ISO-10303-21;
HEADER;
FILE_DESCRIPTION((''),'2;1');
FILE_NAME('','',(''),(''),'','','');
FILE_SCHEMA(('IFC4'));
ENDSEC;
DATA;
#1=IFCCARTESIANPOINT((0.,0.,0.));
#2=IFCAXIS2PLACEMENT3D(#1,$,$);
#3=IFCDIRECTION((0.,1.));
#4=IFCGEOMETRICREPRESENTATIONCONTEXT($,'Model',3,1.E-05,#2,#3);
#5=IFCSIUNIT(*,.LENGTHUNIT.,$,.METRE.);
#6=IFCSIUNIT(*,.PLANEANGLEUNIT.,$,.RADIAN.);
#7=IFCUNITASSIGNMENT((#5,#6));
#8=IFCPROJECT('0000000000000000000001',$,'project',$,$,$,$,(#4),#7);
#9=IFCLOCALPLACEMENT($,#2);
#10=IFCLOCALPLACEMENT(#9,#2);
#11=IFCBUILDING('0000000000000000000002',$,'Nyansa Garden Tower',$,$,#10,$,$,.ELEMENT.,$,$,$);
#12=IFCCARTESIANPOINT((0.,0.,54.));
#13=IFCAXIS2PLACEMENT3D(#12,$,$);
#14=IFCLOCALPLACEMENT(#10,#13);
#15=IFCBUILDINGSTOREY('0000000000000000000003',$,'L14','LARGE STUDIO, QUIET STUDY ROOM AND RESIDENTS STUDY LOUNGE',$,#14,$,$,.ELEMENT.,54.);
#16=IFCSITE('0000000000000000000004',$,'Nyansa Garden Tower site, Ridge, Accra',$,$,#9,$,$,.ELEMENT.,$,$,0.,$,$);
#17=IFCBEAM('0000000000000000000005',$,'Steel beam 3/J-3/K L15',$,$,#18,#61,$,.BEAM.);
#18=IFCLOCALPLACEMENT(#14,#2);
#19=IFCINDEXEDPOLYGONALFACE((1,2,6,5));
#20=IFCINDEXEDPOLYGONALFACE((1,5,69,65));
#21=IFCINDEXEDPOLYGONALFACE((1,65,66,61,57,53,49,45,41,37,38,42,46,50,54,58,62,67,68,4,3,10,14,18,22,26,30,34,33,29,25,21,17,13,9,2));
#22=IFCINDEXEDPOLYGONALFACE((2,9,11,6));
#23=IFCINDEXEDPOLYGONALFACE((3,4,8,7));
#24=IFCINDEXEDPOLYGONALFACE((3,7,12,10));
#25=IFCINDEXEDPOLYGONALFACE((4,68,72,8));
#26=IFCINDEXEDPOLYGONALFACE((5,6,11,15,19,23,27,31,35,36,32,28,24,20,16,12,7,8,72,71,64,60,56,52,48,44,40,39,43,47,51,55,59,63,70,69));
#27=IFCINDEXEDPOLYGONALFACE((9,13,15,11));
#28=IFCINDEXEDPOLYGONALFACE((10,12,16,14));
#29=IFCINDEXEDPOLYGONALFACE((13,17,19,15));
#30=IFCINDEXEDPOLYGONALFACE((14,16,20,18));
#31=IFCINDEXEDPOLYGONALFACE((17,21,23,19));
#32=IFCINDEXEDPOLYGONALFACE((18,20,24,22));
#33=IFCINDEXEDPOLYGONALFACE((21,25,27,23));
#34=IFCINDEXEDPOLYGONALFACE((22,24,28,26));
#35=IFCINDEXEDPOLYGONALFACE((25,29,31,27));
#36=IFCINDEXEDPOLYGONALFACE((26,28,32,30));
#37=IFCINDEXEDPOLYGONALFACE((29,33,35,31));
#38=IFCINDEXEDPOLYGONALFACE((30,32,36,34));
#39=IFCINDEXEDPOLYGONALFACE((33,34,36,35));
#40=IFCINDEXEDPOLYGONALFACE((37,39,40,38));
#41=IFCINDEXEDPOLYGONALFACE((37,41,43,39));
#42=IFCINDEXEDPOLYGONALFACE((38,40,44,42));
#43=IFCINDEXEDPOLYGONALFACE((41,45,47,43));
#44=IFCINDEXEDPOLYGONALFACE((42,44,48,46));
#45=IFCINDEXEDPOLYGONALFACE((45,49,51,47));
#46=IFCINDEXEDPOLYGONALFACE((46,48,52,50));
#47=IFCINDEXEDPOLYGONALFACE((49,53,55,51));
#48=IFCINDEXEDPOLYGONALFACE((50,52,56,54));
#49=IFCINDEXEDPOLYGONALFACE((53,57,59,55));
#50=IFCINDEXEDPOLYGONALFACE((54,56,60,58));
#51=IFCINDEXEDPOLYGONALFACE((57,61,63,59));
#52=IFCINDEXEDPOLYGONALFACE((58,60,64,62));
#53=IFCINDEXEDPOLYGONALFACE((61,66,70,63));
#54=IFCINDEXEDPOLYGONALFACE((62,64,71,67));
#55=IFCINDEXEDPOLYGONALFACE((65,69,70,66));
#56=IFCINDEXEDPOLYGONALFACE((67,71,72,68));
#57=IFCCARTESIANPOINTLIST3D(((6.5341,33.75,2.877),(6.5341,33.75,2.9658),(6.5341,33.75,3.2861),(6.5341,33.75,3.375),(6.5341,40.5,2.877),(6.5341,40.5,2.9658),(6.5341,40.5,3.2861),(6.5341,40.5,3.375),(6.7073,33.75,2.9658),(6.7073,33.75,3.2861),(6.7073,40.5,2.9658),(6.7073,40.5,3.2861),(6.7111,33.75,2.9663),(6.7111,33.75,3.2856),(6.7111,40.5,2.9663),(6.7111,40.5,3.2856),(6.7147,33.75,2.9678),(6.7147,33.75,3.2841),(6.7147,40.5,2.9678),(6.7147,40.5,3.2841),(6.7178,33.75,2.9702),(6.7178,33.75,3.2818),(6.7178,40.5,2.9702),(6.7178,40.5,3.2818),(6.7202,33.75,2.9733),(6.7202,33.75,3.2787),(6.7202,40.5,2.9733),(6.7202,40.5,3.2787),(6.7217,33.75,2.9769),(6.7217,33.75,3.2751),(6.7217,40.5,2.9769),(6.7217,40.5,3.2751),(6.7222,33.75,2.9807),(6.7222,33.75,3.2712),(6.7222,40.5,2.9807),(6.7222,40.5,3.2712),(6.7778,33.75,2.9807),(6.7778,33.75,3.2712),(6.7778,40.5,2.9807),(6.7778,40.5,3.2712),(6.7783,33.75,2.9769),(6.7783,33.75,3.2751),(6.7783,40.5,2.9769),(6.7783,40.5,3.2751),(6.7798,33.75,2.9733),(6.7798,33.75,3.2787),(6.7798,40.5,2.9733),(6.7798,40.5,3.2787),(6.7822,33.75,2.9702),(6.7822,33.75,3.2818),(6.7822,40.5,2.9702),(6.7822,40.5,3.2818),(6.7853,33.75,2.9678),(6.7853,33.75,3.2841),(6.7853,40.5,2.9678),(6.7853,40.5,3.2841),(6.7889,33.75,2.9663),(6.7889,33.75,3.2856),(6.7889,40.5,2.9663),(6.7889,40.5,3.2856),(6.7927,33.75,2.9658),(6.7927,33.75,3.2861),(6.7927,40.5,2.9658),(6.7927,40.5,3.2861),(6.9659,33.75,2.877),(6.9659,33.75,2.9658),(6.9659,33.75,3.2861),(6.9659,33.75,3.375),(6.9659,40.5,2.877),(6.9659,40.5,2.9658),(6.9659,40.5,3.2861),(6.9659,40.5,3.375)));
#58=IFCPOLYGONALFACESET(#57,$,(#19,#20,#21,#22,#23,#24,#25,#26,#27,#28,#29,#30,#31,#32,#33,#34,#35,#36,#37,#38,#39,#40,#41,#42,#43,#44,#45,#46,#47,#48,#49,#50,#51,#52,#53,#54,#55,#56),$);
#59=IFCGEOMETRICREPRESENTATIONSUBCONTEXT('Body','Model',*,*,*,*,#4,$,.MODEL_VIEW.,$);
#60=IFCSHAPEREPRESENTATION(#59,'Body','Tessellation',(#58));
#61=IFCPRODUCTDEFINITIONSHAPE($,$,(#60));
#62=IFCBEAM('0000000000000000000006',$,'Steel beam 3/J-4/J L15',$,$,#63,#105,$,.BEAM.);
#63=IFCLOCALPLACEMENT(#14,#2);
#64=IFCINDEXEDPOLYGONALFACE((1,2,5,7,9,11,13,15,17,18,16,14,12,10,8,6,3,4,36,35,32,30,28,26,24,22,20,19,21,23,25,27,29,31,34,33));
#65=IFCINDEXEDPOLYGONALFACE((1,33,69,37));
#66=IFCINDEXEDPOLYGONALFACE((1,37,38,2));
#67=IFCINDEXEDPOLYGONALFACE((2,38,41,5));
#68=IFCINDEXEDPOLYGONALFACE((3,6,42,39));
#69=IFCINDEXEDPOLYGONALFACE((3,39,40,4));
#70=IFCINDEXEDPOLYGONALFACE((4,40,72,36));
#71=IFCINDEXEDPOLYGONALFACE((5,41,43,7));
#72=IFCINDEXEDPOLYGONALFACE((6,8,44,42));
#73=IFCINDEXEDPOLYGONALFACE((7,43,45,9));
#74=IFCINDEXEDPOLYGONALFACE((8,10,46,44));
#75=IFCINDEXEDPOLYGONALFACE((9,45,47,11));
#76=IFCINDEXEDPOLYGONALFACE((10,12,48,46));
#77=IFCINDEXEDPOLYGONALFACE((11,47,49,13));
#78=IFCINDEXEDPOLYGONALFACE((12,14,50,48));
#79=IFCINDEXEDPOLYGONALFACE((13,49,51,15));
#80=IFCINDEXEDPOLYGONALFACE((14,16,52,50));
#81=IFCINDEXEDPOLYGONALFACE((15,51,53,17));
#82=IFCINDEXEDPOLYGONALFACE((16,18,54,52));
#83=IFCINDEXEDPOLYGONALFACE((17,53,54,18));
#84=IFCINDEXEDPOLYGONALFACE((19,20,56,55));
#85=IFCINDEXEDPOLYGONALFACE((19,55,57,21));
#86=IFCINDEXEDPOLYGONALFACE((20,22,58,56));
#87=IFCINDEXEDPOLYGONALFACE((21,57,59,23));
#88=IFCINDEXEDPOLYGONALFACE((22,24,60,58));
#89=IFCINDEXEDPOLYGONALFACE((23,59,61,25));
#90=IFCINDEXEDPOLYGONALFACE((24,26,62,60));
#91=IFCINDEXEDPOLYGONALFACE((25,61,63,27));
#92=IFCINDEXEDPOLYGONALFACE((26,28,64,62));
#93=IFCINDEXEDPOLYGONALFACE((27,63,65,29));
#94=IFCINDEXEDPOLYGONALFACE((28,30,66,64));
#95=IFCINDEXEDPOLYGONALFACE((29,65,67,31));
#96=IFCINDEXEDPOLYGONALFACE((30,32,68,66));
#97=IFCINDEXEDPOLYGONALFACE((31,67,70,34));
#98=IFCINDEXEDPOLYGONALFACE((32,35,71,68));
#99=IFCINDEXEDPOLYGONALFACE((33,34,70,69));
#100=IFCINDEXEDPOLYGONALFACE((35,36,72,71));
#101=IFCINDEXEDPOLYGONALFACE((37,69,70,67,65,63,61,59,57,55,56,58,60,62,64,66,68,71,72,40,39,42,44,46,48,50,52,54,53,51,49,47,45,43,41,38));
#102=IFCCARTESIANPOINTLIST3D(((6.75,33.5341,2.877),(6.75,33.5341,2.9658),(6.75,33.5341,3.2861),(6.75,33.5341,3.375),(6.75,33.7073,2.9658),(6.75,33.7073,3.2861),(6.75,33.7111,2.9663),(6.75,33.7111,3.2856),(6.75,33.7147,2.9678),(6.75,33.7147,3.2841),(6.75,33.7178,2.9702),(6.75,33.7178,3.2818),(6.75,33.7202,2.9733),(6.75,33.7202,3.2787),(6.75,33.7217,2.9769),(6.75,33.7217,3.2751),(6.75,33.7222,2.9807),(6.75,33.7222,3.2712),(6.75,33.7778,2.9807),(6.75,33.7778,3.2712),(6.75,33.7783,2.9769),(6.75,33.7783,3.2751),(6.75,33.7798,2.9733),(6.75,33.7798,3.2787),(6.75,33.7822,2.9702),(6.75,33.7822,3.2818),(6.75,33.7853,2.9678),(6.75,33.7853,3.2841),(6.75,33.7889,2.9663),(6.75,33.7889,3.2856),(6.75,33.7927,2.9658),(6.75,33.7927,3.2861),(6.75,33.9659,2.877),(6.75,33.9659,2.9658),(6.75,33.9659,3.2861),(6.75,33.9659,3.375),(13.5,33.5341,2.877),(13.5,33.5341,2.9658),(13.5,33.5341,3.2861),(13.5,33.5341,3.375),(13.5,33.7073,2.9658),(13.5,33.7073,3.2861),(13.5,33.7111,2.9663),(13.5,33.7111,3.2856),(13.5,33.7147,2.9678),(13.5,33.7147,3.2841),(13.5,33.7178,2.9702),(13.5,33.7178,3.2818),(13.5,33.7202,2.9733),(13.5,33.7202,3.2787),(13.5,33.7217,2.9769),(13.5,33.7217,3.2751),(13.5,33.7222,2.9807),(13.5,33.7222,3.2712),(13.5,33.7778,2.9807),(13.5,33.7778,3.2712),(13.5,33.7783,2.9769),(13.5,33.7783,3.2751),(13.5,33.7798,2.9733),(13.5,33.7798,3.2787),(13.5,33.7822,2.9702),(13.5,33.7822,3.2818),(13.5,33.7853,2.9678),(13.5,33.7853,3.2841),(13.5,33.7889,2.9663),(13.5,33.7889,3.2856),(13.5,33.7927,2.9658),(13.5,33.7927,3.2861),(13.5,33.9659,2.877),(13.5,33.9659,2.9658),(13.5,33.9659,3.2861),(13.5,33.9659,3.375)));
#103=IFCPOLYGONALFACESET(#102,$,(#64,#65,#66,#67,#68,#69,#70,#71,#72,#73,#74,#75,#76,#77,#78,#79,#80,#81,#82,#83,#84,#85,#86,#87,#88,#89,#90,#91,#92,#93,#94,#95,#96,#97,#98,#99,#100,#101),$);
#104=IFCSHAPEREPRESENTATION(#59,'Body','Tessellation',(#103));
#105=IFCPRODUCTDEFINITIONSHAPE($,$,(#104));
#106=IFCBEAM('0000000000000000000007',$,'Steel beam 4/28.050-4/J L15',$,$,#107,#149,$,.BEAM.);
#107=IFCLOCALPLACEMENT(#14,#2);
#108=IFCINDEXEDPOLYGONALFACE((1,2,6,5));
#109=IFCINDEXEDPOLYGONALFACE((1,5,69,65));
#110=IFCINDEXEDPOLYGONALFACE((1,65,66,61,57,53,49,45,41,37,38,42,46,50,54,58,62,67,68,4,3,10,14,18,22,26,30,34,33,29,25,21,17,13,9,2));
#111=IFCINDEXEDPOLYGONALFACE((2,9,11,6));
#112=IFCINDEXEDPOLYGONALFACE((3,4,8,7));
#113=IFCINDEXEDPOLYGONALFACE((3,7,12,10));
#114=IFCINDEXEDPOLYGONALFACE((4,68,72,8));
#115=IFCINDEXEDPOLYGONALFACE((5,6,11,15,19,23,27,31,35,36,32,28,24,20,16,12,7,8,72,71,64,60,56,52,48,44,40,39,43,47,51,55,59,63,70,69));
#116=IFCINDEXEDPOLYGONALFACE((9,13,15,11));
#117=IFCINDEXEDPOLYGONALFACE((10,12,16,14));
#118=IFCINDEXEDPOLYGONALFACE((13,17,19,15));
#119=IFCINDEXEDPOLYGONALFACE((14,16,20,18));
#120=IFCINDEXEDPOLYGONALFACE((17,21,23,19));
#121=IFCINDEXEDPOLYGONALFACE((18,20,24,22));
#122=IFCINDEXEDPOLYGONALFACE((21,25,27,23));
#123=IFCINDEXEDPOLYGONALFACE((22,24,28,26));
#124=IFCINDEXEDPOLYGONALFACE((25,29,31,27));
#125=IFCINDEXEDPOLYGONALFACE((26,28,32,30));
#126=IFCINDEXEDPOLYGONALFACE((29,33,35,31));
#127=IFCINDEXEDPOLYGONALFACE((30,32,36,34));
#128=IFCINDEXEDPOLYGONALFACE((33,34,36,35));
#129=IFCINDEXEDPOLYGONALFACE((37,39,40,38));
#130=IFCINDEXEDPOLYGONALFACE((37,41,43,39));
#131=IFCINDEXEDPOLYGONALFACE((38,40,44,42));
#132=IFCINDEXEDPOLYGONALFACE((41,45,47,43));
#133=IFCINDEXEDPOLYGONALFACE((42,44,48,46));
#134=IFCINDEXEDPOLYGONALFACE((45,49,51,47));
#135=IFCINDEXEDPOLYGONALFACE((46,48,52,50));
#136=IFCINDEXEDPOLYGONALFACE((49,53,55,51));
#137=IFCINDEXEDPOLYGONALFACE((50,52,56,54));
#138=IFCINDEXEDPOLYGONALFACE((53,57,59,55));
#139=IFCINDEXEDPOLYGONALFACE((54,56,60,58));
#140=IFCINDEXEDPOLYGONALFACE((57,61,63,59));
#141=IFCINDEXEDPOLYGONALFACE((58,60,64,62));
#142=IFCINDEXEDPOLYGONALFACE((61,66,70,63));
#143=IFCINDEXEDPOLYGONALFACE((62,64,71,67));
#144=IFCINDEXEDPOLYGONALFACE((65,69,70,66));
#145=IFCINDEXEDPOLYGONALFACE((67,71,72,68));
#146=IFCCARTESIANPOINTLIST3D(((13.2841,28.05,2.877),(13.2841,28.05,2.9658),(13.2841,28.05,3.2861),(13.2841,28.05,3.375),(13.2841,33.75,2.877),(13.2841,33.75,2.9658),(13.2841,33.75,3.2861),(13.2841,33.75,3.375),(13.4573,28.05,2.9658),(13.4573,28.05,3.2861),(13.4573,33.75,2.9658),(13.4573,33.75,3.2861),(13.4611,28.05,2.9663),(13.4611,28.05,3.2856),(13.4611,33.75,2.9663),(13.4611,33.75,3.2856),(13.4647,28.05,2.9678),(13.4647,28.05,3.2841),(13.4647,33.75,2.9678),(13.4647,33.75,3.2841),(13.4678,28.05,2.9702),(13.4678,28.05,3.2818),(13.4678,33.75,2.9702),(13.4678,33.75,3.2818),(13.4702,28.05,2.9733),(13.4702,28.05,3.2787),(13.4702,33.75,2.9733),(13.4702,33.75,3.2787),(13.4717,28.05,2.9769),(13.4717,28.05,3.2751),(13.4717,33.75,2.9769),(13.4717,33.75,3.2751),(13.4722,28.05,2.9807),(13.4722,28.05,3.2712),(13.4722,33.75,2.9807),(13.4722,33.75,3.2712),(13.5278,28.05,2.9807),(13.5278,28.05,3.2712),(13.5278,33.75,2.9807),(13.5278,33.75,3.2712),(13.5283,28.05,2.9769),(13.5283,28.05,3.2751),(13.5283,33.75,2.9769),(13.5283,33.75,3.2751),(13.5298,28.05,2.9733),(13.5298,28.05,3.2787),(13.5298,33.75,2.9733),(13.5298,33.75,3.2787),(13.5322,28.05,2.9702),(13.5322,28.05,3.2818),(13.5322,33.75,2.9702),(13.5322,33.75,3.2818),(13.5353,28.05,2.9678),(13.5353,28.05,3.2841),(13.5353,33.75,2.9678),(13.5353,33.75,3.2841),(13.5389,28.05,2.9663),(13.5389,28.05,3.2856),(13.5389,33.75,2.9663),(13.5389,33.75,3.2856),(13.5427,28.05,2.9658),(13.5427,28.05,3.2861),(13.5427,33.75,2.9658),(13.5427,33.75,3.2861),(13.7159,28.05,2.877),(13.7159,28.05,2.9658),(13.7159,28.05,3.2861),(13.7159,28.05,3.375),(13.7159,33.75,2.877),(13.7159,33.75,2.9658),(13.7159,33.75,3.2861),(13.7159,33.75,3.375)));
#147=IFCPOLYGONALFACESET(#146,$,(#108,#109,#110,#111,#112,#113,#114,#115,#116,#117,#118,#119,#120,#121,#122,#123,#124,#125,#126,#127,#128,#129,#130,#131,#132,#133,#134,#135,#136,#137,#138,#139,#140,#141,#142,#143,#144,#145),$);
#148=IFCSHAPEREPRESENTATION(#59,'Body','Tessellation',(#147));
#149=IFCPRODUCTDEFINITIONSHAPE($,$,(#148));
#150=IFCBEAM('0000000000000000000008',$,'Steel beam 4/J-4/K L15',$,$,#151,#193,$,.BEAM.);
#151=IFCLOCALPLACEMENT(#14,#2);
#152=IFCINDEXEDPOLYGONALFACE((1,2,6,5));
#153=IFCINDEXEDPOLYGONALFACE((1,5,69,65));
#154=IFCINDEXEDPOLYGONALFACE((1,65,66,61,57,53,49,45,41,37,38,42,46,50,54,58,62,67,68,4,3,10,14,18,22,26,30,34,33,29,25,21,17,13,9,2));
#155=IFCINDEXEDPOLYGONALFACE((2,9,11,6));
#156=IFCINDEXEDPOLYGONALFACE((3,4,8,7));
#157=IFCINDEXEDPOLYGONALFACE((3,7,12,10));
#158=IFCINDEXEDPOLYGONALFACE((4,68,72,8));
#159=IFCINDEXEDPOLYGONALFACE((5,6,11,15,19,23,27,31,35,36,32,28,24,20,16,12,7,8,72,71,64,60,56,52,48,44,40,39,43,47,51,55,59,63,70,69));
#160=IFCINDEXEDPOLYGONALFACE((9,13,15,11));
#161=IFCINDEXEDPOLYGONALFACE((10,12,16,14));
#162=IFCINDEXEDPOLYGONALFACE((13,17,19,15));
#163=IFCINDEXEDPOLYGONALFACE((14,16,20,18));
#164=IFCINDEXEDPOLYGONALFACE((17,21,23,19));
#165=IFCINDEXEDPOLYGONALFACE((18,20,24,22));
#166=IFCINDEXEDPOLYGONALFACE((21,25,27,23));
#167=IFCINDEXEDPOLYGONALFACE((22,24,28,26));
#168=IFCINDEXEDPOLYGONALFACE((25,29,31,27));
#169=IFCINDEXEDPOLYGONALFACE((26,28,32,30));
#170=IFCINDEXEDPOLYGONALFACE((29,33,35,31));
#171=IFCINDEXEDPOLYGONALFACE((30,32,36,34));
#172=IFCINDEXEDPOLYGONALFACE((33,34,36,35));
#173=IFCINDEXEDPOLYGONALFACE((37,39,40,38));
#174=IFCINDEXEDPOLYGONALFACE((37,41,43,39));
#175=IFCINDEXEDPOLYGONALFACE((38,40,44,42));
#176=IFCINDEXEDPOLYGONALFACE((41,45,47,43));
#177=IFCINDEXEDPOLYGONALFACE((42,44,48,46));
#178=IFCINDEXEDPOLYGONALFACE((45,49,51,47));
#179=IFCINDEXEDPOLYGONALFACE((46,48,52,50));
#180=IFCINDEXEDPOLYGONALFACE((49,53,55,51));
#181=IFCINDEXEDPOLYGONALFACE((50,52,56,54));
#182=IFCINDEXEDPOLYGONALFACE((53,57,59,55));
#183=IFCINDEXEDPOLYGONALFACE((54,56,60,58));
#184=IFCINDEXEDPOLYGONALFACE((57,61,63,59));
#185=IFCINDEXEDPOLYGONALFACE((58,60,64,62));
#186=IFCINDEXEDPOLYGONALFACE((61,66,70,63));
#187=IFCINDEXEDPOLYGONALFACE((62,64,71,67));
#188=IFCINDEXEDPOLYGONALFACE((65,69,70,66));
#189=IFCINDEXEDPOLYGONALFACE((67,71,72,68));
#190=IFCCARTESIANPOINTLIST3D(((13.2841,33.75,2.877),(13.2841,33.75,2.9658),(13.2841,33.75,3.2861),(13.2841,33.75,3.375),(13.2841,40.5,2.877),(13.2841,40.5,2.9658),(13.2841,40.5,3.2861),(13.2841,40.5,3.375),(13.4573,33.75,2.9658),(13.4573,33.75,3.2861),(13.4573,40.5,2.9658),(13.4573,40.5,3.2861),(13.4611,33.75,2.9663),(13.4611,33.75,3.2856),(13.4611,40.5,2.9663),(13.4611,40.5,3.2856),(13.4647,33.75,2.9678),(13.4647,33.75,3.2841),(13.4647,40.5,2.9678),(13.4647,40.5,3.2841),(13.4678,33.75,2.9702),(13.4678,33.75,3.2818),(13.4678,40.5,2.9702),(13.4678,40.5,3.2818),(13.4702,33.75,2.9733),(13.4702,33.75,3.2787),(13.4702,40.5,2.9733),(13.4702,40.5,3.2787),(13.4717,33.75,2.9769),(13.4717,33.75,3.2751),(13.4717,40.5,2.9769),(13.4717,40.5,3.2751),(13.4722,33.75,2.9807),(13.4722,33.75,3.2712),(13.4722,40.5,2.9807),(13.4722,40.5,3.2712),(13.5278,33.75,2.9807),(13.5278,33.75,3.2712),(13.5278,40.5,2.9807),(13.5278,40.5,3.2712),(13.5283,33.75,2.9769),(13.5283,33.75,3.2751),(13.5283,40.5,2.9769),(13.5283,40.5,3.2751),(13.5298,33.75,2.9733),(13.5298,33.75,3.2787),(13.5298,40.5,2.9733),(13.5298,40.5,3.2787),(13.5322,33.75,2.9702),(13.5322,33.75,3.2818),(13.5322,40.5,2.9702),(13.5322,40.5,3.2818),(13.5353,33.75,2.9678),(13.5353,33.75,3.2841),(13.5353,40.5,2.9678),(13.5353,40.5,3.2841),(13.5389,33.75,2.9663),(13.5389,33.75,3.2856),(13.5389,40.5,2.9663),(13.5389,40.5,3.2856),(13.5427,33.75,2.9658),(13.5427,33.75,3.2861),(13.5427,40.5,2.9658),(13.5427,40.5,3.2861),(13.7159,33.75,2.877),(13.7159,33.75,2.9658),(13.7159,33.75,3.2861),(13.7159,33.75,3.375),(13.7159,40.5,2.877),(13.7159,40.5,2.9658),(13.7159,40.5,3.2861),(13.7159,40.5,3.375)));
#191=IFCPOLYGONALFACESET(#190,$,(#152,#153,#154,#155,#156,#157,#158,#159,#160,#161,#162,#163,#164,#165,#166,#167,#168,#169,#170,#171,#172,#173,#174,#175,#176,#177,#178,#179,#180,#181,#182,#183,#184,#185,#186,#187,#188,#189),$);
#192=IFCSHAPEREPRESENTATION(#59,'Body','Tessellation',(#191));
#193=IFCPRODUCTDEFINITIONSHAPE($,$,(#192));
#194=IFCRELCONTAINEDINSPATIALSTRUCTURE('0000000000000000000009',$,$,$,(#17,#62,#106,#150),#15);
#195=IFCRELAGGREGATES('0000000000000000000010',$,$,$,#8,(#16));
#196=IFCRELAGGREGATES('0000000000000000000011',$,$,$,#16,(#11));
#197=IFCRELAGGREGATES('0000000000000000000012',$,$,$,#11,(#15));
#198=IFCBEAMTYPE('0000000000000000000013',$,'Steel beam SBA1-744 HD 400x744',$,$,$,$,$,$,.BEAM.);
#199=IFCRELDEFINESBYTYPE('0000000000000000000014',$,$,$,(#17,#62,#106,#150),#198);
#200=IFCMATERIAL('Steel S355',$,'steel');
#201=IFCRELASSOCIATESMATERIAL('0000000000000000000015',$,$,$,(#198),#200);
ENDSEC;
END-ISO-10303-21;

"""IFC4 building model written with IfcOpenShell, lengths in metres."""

from ifc_helpers import new_model, si_unit, direction, frame, origin, origin_2d, place, context, subcontext, project, spatial, i_section, extrude, material, material_profile, profile_set, type_object, element, save


model = new_model("IFC4")

# Units and contexts
model_context = context("Model", 3, precision=1e-05, world=origin(), true_north=direction((0.0, 1.0)))
body_context = subcontext(model_context, "Body", "Model", "MODEL_VIEW")
ifc_project = project(units=[si_unit("LENGTHUNIT", "METRE"), si_unit("PLANEANGLEUNIT", "RADIAN")], contexts=[model_context])

# Site, building, storey
site_placement = place(None, origin())
site = spatial("IfcSite", under=ifc_project, at=site_placement, Name="Nyansa Garden Tower site, Ridge, Accra", CompositionType="ELEMENT", RefElevation=0.0)
building_placement = place(site_placement, origin())
building = spatial("IfcBuilding", under=site, at=building_placement, Name="Nyansa Garden Tower", CompositionType="ELEMENT")
storey_placement = place(building_placement, frame((0.0, 0.0, 54.0)))
storey = spatial("IfcBuildingStorey", under=building, at=storey_placement, Name="L14", Description="LARGE STUDIO, QUIET STUDY ROOM AND RESIDENTS STUDY LOUNGE", CompositionType="ELEMENT", Elevation=54.0)

# Beams
ifc_material_1 = material(Name="Steel S355", Category="steel")
ifc_material_profile_1 = material_profile(ifc_material_1, i_section(OverallWidth=0.4319, OverallDepth=0.498, WebThickness=0.0557, FlangeThickness=0.0889, FilletRadius=0.0149, at=origin_2d()), Name="HD 400x744")
ifc_profile_set_1 = profile_set([ifc_material_profile_1], Name="Steel S355")
beam_type_1 = type_object("IfcBeamType", Name="Steel beam SBA1-744 HD 400x744", PredefinedType="BEAM", material=ifc_profile_set_1)
for number, where, z_axis, x_axis, name in (
    (1, (6.75, 33.75, 3.126), (0.0, 1.0, 0.0), (-1.0, 0.0, 0.0), "Steel beam 3/J-3/K L15"),
    (2, (6.75, 33.75, 3.126), (1.0, 0.0, 0.0), (0.0, 1.0, 0.0), "Steel beam 3/J-4/J L15"),
):
    element("IfcBeam", number, at=place(storey_placement, frame(where, z_axis=z_axis, x_axis=x_axis)), inside=storey, type_object=beam_type_1, Name=name, PredefinedType="BEAM", context=body_context, shape_type="SweptSolid", body=[
        extrude(i_section(OverallWidth=0.4319, OverallDepth=0.498, WebThickness=0.0557, FlangeThickness=0.0889, FilletRadius=0.0149, at=origin_2d()), origin(), (0.0, 0.0, 1.0), 6.75),
    ])
beam_1_placement = place(storey_placement, frame((13.5, 28.05, 3.126), z_axis=(0.0, 1.0, 0.0), x_axis=(-1.0, 0.0, 0.0)))
element("IfcBeam", 3, at=beam_1_placement, inside=storey, type_object=beam_type_1, Name="Steel beam 4/28.050-4/J L15", PredefinedType="BEAM", context=body_context, shape_type="SweptSolid", body=[
    extrude(i_section(OverallWidth=0.4319, OverallDepth=0.498, WebThickness=0.0557, FlangeThickness=0.0889, FilletRadius=0.0149, at=origin_2d()), origin(), (0.0, 0.0, 1.0), 5.7),
])
for number, where, z_axis, x_axis, name in (
    (4, (13.5, 33.75, 3.126), (0.0, 1.0, 0.0), (-1.0, 0.0, 0.0), "Steel beam 4/J-4/K L15"),
):
    element("IfcBeam", number, at=place(storey_placement, frame(where, z_axis=z_axis, x_axis=x_axis)), inside=storey, type_object=beam_type_1, Name=name, PredefinedType="BEAM", context=body_context, shape_type="SweptSolid", body=[
        extrude(i_section(OverallWidth=0.4319, OverallDepth=0.498, WebThickness=0.0557, FlangeThickness=0.0889, FilletRadius=0.0149, at=origin_2d()), origin(), (0.0, 0.0, 1.0), 6.75),
    ])

save(model, "model.ifc")
